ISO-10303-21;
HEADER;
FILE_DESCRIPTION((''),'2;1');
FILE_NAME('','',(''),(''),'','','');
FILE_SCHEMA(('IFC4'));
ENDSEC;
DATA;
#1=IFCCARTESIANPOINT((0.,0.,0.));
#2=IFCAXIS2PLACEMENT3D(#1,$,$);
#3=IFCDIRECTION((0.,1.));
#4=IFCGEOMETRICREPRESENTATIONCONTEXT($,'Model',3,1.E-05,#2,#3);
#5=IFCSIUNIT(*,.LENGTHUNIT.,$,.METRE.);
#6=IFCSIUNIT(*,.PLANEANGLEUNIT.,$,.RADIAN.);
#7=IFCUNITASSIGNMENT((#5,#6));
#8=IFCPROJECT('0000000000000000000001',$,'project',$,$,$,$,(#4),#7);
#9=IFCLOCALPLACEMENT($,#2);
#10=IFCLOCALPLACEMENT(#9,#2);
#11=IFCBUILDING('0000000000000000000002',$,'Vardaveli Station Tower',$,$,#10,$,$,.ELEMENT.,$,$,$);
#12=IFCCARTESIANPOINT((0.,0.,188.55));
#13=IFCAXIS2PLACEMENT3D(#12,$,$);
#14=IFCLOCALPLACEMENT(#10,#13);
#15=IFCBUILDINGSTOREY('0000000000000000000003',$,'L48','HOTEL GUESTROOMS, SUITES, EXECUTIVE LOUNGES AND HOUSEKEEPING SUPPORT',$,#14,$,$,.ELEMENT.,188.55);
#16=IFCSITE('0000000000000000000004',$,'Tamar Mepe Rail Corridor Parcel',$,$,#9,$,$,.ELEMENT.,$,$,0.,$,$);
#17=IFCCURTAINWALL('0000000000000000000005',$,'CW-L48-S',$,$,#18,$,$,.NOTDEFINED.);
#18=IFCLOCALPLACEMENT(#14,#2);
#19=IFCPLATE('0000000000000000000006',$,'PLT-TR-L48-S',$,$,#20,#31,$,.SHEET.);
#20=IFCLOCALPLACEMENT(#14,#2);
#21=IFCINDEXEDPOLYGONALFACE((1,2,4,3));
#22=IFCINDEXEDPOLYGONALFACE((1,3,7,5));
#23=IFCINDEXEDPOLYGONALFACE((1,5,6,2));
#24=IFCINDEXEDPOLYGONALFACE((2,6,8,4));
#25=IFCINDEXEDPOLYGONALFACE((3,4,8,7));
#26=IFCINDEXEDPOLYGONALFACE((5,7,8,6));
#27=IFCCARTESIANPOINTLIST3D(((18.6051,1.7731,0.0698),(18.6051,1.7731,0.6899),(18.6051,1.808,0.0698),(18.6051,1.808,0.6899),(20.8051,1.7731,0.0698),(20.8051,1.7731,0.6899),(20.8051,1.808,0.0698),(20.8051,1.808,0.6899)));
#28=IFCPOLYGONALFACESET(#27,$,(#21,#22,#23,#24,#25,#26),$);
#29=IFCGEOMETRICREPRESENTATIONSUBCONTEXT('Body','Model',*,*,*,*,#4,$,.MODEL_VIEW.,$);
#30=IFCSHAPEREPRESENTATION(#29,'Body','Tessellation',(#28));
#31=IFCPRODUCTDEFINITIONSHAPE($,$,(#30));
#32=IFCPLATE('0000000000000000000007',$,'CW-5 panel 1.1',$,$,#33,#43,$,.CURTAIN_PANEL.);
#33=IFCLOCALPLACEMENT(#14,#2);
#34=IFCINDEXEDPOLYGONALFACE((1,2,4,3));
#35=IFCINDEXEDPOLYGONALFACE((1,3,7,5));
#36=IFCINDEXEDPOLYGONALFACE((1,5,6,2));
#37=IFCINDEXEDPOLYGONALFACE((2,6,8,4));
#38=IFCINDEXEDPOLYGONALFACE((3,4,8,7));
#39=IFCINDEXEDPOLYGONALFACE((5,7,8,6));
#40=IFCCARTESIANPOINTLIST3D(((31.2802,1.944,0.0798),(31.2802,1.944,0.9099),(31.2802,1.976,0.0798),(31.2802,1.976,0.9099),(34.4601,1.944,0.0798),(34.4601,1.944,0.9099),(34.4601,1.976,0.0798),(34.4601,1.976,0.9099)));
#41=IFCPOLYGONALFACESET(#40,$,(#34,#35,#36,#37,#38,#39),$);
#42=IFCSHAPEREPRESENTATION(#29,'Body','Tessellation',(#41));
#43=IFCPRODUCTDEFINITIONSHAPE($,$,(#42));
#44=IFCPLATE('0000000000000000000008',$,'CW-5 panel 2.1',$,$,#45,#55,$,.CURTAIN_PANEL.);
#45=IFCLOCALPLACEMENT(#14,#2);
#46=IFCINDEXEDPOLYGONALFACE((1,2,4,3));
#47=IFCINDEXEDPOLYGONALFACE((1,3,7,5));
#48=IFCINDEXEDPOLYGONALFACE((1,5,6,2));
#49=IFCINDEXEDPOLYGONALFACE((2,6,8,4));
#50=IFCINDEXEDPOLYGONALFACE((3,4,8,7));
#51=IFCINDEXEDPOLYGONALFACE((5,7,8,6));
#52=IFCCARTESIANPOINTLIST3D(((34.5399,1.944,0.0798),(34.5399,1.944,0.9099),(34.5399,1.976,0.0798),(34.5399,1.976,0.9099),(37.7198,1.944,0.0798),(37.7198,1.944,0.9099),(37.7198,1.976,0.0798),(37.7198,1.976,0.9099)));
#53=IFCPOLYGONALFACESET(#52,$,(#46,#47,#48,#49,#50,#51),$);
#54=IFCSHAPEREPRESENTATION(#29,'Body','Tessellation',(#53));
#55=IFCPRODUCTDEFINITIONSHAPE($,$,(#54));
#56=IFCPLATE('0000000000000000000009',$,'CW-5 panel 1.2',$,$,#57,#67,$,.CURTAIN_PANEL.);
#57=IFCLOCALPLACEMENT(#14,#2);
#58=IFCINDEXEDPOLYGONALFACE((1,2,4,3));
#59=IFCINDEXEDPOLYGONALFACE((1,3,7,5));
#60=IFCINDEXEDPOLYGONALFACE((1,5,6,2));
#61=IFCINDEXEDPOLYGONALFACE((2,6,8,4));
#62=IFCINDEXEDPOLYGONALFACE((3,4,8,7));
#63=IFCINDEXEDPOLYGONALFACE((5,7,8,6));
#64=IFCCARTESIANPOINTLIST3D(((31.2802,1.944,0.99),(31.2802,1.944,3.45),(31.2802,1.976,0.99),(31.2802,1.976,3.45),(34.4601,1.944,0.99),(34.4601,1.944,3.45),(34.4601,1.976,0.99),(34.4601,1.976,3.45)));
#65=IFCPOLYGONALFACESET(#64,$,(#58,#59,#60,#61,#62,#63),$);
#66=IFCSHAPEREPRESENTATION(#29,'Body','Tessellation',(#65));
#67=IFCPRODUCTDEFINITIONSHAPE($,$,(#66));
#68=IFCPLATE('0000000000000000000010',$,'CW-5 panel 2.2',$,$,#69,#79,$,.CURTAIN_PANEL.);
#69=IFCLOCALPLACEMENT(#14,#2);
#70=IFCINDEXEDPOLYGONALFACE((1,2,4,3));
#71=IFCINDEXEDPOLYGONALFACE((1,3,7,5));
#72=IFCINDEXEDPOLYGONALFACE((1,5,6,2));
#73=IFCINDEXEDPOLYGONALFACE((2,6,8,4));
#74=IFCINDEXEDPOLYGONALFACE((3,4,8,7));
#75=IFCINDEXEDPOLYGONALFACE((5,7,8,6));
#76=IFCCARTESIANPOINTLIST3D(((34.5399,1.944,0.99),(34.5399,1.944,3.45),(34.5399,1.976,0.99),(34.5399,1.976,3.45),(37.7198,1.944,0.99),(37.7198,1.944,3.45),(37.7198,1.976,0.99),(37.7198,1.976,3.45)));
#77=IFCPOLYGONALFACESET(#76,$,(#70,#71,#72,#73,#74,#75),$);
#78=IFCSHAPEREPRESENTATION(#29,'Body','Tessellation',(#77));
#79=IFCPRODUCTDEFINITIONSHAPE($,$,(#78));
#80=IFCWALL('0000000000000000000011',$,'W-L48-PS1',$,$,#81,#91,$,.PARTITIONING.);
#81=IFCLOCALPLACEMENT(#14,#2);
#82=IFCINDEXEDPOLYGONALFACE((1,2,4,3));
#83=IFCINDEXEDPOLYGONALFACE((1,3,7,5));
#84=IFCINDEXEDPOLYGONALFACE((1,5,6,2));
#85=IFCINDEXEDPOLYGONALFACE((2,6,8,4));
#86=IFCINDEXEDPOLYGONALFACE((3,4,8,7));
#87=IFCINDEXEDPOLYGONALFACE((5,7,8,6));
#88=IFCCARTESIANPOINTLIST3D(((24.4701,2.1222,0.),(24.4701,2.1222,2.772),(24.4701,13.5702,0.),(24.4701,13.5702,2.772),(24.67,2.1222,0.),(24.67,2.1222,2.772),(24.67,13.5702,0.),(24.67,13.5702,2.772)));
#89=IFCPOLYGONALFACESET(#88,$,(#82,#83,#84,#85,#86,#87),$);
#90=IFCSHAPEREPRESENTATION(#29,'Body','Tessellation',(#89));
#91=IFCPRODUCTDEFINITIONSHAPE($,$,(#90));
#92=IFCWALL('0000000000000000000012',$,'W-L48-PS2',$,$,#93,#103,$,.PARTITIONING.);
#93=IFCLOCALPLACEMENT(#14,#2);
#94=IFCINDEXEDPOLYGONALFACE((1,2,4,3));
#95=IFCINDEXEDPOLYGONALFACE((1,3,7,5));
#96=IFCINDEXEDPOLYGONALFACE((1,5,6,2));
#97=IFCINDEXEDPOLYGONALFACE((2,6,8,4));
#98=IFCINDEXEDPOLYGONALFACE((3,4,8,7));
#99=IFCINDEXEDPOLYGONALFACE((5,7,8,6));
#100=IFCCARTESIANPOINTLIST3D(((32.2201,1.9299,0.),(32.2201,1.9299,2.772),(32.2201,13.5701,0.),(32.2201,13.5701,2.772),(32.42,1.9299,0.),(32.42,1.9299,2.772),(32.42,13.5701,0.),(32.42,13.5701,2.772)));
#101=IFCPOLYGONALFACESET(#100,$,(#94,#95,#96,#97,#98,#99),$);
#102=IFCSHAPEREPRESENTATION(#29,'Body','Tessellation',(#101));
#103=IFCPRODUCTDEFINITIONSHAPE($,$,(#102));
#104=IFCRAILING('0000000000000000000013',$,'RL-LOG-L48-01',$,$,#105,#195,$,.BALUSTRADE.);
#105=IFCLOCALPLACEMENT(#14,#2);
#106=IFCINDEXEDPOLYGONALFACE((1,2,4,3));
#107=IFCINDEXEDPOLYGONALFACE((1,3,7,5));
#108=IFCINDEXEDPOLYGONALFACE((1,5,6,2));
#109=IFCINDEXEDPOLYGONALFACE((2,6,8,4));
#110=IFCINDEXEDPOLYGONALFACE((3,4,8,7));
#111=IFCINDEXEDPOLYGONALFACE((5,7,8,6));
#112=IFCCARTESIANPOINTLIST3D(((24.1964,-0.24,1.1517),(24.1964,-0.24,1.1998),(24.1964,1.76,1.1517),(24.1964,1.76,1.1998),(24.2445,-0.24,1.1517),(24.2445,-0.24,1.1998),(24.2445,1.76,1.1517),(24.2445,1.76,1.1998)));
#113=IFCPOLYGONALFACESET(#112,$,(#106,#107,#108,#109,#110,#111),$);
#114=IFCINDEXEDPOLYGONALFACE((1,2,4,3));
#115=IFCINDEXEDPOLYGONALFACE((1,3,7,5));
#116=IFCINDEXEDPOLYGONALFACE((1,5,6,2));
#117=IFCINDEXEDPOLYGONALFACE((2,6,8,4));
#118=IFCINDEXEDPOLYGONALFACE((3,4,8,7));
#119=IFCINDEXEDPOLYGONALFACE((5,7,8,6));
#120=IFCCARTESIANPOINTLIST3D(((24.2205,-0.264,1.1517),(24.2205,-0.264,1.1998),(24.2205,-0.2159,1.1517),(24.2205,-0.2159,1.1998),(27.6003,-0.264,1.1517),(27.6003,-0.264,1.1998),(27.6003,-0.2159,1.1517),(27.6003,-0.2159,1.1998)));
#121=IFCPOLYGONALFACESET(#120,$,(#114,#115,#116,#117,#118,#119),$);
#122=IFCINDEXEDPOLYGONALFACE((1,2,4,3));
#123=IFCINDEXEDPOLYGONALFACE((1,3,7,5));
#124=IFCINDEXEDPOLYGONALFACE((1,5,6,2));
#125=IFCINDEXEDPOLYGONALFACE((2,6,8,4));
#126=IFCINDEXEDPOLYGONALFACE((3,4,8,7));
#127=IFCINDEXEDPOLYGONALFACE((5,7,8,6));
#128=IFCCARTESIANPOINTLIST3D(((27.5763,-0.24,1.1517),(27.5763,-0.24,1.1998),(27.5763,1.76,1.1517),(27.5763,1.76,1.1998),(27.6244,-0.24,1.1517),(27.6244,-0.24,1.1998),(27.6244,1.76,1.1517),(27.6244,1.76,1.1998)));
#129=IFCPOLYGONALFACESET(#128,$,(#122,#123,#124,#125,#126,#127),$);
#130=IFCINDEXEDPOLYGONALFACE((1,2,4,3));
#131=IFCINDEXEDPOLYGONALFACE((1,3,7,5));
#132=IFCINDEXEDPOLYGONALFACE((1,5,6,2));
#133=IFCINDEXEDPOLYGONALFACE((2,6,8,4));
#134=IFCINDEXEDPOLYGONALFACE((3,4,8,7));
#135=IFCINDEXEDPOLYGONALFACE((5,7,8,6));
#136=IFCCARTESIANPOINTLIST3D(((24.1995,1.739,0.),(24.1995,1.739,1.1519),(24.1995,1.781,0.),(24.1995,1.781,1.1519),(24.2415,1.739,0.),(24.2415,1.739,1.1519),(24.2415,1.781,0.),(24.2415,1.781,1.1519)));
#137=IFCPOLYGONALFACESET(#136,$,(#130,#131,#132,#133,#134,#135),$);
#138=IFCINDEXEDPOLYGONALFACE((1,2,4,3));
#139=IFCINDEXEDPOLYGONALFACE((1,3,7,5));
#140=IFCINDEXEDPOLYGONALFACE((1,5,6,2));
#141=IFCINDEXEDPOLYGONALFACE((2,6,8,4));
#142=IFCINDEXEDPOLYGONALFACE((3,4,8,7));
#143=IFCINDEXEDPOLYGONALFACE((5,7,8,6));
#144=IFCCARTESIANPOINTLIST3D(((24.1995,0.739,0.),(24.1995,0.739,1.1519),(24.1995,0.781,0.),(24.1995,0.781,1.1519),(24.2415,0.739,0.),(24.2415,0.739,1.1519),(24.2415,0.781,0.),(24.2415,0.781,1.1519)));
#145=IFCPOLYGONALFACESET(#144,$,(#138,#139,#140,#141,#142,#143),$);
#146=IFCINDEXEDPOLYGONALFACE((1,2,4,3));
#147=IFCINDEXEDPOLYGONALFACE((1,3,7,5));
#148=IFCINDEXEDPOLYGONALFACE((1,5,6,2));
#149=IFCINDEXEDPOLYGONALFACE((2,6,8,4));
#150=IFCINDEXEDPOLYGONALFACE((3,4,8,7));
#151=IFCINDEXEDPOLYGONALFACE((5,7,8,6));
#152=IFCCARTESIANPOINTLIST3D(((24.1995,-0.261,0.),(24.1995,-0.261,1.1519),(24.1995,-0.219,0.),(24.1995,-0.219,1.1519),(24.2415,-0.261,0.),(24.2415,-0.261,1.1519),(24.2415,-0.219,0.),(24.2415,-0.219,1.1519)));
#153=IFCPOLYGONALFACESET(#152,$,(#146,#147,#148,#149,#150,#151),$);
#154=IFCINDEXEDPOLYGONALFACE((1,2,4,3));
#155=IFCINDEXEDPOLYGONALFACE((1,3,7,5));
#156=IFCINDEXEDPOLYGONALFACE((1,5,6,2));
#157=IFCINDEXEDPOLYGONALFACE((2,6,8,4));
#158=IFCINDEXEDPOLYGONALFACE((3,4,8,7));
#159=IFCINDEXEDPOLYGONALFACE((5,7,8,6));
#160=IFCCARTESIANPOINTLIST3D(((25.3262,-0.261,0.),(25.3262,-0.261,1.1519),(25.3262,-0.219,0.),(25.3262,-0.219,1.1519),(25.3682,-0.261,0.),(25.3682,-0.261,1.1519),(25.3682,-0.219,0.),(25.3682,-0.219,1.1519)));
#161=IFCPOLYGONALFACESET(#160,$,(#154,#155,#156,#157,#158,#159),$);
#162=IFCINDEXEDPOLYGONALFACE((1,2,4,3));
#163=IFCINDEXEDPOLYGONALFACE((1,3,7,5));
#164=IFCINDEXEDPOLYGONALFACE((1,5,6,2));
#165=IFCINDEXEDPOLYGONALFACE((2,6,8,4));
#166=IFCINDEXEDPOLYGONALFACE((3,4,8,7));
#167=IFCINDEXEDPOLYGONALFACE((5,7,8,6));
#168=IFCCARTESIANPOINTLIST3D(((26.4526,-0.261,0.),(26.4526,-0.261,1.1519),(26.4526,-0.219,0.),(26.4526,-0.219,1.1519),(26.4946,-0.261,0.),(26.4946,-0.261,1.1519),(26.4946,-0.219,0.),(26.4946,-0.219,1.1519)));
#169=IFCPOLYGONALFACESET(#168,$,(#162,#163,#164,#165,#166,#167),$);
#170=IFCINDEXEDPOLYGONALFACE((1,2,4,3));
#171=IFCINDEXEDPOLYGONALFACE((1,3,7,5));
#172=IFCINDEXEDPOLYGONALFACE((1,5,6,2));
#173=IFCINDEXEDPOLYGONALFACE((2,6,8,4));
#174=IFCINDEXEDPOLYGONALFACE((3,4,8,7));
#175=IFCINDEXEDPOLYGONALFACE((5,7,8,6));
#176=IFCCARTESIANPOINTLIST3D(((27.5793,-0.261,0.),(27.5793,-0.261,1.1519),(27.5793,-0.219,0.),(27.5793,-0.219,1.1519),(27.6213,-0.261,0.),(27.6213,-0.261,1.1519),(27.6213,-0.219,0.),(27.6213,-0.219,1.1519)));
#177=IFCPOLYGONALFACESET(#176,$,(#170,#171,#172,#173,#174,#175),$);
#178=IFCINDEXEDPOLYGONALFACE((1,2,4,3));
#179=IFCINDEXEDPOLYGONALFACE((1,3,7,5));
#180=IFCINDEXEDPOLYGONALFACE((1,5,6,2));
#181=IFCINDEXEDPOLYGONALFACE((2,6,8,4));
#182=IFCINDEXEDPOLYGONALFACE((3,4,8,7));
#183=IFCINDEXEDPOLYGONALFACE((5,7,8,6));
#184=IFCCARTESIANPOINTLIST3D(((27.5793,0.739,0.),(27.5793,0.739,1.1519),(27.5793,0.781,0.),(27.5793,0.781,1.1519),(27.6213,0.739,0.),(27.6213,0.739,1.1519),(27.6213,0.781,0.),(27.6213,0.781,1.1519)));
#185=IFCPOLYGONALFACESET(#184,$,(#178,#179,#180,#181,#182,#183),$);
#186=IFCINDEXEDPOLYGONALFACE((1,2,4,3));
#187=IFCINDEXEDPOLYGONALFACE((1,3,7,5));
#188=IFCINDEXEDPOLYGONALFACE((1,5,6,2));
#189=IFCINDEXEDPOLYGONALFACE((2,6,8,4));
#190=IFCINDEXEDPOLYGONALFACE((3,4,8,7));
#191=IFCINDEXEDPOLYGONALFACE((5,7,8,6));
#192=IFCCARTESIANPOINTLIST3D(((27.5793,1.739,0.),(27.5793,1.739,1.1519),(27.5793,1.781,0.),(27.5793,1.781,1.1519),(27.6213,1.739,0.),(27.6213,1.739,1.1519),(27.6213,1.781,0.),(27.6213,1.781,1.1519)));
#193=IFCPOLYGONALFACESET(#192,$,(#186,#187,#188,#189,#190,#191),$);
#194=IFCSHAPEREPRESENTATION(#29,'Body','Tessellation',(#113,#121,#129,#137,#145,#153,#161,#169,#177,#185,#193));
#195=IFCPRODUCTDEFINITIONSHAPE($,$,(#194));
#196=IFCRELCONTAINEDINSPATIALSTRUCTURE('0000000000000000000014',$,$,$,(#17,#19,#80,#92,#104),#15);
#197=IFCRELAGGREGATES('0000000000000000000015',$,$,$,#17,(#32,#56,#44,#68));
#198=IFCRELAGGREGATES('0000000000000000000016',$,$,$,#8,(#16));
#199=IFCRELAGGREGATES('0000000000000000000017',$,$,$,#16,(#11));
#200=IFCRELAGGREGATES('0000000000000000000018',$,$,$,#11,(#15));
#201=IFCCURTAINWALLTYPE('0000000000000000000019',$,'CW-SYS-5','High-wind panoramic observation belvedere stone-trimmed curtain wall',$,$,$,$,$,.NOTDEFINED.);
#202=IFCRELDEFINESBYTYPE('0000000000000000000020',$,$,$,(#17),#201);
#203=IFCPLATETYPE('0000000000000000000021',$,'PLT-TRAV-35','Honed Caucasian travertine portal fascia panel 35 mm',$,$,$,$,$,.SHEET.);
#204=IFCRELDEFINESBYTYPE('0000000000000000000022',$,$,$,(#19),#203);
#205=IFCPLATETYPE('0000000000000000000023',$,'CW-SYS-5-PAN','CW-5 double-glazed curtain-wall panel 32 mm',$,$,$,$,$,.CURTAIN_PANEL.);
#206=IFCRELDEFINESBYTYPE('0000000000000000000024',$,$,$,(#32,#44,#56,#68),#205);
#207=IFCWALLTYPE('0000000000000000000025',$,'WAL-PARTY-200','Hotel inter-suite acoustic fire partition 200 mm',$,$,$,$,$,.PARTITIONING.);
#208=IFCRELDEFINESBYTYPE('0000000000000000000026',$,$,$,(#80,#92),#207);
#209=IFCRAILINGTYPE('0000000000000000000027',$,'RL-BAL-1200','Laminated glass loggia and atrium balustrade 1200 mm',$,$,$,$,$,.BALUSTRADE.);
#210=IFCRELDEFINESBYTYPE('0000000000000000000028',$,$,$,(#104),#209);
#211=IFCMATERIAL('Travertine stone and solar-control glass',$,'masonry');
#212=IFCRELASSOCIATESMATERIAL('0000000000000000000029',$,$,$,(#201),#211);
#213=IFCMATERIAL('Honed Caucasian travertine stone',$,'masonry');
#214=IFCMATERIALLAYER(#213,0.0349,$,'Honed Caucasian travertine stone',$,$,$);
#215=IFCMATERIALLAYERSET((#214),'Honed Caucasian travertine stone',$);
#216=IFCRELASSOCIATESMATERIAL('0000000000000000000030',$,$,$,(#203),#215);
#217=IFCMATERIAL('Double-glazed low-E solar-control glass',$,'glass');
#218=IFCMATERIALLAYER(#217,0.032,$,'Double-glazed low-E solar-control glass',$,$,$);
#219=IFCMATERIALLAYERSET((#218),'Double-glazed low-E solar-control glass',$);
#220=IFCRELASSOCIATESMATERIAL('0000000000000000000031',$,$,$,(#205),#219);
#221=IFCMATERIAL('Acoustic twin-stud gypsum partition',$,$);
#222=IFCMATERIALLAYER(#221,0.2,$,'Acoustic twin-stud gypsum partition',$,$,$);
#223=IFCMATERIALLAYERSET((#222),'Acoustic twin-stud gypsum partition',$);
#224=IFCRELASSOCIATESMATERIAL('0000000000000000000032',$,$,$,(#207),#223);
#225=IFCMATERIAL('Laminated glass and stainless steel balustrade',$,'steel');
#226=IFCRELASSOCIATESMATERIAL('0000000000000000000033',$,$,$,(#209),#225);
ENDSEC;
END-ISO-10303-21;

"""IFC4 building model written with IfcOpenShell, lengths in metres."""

from ifc_helpers import new_model, si_unit, direction, frame, frame_2d, origin, origin_2d, place, context, subcontext, project, spatial, rectangle, extrude, source, transform, mapped, material, layer, layer_set, type_object, element, aggregate, save


model = new_model("IFC4")

# Units and contexts
model_context = context("Model", 3, precision=1e-05, world=origin(), true_north=direction((0.0, 1.0)))
body_context = subcontext(model_context, "Body", "Model", "MODEL_VIEW")
ifc_project = project(units=[si_unit("LENGTHUNIT", "METRE"), si_unit("PLANEANGLEUNIT", "RADIAN")], contexts=[model_context])

# Site, building, storey
site_placement = place(None, origin())
site = spatial("IfcSite", under=ifc_project, at=site_placement, Name="Tamar Mepe Rail Corridor Parcel", CompositionType="ELEMENT", RefElevation=0.0)
building_placement = place(site_placement, origin())
building = spatial("IfcBuilding", under=site, at=building_placement, Name="Vardaveli Station Tower", CompositionType="ELEMENT")
storey_placement = place(building_placement, frame((0.0, 0.0, 188.55)))
storey = spatial("IfcBuildingStorey", under=building, at=storey_placement, Name="L48", Description="HOTEL GUESTROOMS, SUITES, EXECUTIVE LOUNGES AND HOUSEKEEPING SUPPORT", CompositionType="ELEMENT", Elevation=188.55)

# Curtain wall
ifc_material_1 = material(Name="Travertine stone and solar-control glass", Category="masonry")
curtain_wall_type = type_object("IfcCurtainWallType", Name="CW-SYS-5", Description="High-wind panoramic observation belvedere stone-trimmed curtain wall", PredefinedType="NOTDEFINED", material=ifc_material_1)
curtain_wall_placement = place(storey_placement, origin())
curtain_wall = element("IfcCurtainWall", 1, at=curtain_wall_placement, inside=storey, type_object=curtain_wall_type, Name="CW-L48-S", PredefinedType="NOTDEFINED")

# Plates
ifc_material_2 = material(Name="Honed Caucasian travertine stone", Category="masonry")
ifc_layer_1 = layer(ifc_material_2, 0.0349, Name="Honed Caucasian travertine stone")
ifc_layer_set_1 = layer_set([ifc_layer_1], Name="Honed Caucasian travertine stone")
plate_type_1 = type_object("IfcPlateType", Name="PLT-TRAV-35", Description="Honed Caucasian travertine portal fascia panel 35 mm", PredefinedType="SHEET", material=ifc_layer_set_1)
shared_shape_1 = source(origin(), body_context, "Body", "SweptSolid", [
    extrude(rectangle(XDim=2.2, YDim=0.0349, at=origin_2d()), origin(), (0.0, 0.0, 1.0), 0.6201),
])
plate_1_placement = place(storey_placement, frame((19.7051, 1.7905, 0.0698), z_axis=(0.0, 0.0, 1.0), x_axis=(1.0, 0.0, 0.0)))
element("IfcPlate", 2, at=plate_1_placement, inside=storey, type_object=plate_type_1, Name="PLT-TR-L48-S", PredefinedType="SHEET", context=body_context, shape_type="MappedRepresentation", body=[
    mapped(shared_shape_1, transform((0.0, 0.0, 0.0), scale=1.0)),
])
ifc_material_3 = material(Name="Double-glazed low-E solar-control glass", Category="glass")
ifc_layer_2 = layer(ifc_material_3, 0.032, Name="Double-glazed low-E solar-control glass")
ifc_layer_set_2 = layer_set([ifc_layer_2], Name="Double-glazed low-E solar-control glass")
plate_type_2 = type_object("IfcPlateType", Name="CW-SYS-5-PAN", Description="CW-5 double-glazed curtain-wall panel 32 mm", PredefinedType="CURTAIN_PANEL", material=ifc_layer_set_2)
shared_shape_2 = source(origin(), body_context, "Body", "SweptSolid", [
    extrude(rectangle(XDim=3.1799, YDim=0.032, at=origin_2d()), origin(), (0.0, 0.0, 1.0), 0.8301),
])
plate_2_placement = place(storey_placement, frame((32.8701, 1.96, 0.0798), z_axis=(0.0, 0.0, 1.0), x_axis=(1.0, 0.0, 0.0)))
plate_2 = element("IfcPlate", 3, at=plate_2_placement, type_object=plate_type_2, Name="CW-5 panel 1.1", PredefinedType="CURTAIN_PANEL", context=body_context, shape_type="MappedRepresentation", body=[
    mapped(shared_shape_2, transform((0.0, 0.0, 0.0), scale=1.0)),
])
plate_3_placement = place(storey_placement, frame((36.1299, 1.96, 0.0798), z_axis=(0.0, 0.0, 1.0), x_axis=(1.0, 0.0, 0.0)))
plate_3 = element("IfcPlate", 4, at=plate_3_placement, type_object=plate_type_2, Name="CW-5 panel 2.1", PredefinedType="CURTAIN_PANEL", context=body_context, shape_type="MappedRepresentation", body=[
    mapped(shared_shape_2, transform((0.0, 0.0, 0.0), scale=1.0)),
])
shared_shape_3 = source(origin(), body_context, "Body", "SweptSolid", [
    extrude(rectangle(XDim=3.1799, YDim=0.032, at=origin_2d()), origin(), (0.0, 0.0, 1.0), 2.46),
])
plate_4_placement = place(storey_placement, frame((32.8701, 1.96, 0.99), z_axis=(0.0, 0.0, 1.0), x_axis=(1.0, 0.0, 0.0)))
plate_4 = element("IfcPlate", 5, at=plate_4_placement, type_object=plate_type_2, Name="CW-5 panel 1.2", PredefinedType="CURTAIN_PANEL", context=body_context, shape_type="MappedRepresentation", body=[
    mapped(shared_shape_3, transform((0.0, 0.0, 0.0), scale=1.0)),
])
plate_5_placement = place(storey_placement, frame((36.1299, 1.96, 0.99), z_axis=(0.0, 0.0, 1.0), x_axis=(1.0, 0.0, 0.0)))
plate_5 = element("IfcPlate", 6, at=plate_5_placement, type_object=plate_type_2, Name="CW-5 panel 2.2", PredefinedType="CURTAIN_PANEL", context=body_context, shape_type="MappedRepresentation", body=[
    mapped(shared_shape_3, transform((0.0, 0.0, 0.0), scale=1.0)),
])
aggregate(curtain_wall, [plate_2, plate_4, plate_3, plate_5])

# Walls
ifc_material_4 = material(Name="Acoustic twin-stud gypsum partition")
ifc_layer_3 = layer(ifc_material_4, 0.2, Name="Acoustic twin-stud gypsum partition")
ifc_layer_set_3 = layer_set([ifc_layer_3], Name="Acoustic twin-stud gypsum partition")
wall_type = type_object("IfcWallType", Name="WAL-PARTY-200", Description="Hotel inter-suite acoustic fire partition 200 mm", PredefinedType="PARTITIONING", material=ifc_layer_set_3)
shared_shape_4 = source(origin(), body_context, "Body", "SweptSolid", [
    extrude(rectangle(XDim=11.448, YDim=0.2, at=frame_2d((5.7241, 0.0))), origin(), (0.0, 0.0, 1.0), 2.772),
])
wall_1_placement = place(storey_placement, frame((24.5701, 2.1221, 0.0), z_axis=(0.0, 0.0, 1.0), x_axis=(0.0, 1.0, 0.0)))
element("IfcWall", 7, at=wall_1_placement, inside=storey, type_object=wall_type, Name="W-L48-PS1", PredefinedType="PARTITIONING", context=body_context, shape_type="MappedRepresentation", body=[
    mapped(shared_shape_4, transform((0.0, 0.0, 0.0), scale=1.0)),
])
shared_shape_5 = source(origin(), body_context, "Body", "SweptSolid", [
    extrude(rectangle(XDim=11.6401, YDim=0.2, at=frame_2d((5.8201, 0.0))), origin(), (0.0, 0.0, 1.0), 2.772),
])
wall_2_placement = place(storey_placement, frame((32.3201, 1.9299, 0.0), z_axis=(0.0, 0.0, 1.0), x_axis=(0.0, 1.0, 0.0)))
element("IfcWall", 8, at=wall_2_placement, inside=storey, type_object=wall_type, Name="W-L48-PS2", PredefinedType="PARTITIONING", context=body_context, shape_type="MappedRepresentation", body=[
    mapped(shared_shape_5, transform((0.0, 0.0, 0.0), scale=1.0)),
])

# Railing
ifc_material_5 = material(Name="Laminated glass and stainless steel balustrade", Category="steel")
railing_type = type_object("IfcRailingType", Name="RL-BAL-1200", Description="Laminated glass loggia and atrium balustrade 1200 mm", PredefinedType="BALUSTRADE", material=ifc_material_5)
shared_shape_6 = source(origin(), body_context, "Body", "SweptSolid", [
    extrude(rectangle(XDim=0.0481, YDim=0.0481, at=origin_2d()), frame((0.0, 0.0, 1.1758), z_axis=(0.0, -1.0, 0.0), x_axis=(1.0, 0.0, 0.0)), (0.0, 0.0, 1.0), 2.0),
    extrude(rectangle(XDim=0.0481, YDim=0.0481, at=origin_2d()), frame((0.0, -2.0, 1.1758), z_axis=(1.0, 0.0, 0.0), x_axis=(0.0, 1.0, 0.0)), (0.0, 0.0, 1.0), 3.3799),
    extrude(rectangle(XDim=0.0481, YDim=0.0481, at=origin_2d()), frame((3.3799, -2.0, 1.1758), z_axis=(0.0, 1.0, 0.0), x_axis=(-1.0, 0.0, 0.0)), (0.0, 0.0, 1.0), 2.0),
    extrude(rectangle(XDim=0.042, YDim=0.042, at=origin_2d()), origin(), (0.0, 0.0, 1.0), 1.1519),
    extrude(rectangle(XDim=0.042, YDim=0.042, at=origin_2d()), frame((0.0, -1.0, 0.0)), (0.0, 0.0, 1.0), 1.1519),
    extrude(rectangle(XDim=0.042, YDim=0.042, at=origin_2d()), frame((0.0, -2.0, 0.0)), (0.0, 0.0, 1.0), 1.1519),
    extrude(rectangle(XDim=0.042, YDim=0.042, at=origin_2d()), frame((1.1267, -2.0, 0.0)), (0.0, 0.0, 1.0), 1.1519),
    extrude(rectangle(XDim=0.042, YDim=0.042, at=origin_2d()), frame((2.2532, -2.0, 0.0)), (0.0, 0.0, 1.0), 1.1519),
    extrude(rectangle(XDim=0.042, YDim=0.042, at=origin_2d()), frame((3.3799, -2.0, 0.0)), (0.0, 0.0, 1.0), 1.1519),
    extrude(rectangle(XDim=0.042, YDim=0.042, at=origin_2d()), frame((3.3799, -1.0, 0.0)), (0.0, 0.0, 1.0), 1.1519),
    extrude(rectangle(XDim=0.042, YDim=0.042, at=origin_2d()), frame((3.3799, 0.0, 0.0)), (0.0, 0.0, 1.0), 1.1519),
])
railing_placement = place(storey_placement, frame((24.2205, 1.76, 0.0)))
element("IfcRailing", 9, at=railing_placement, inside=storey, type_object=railing_type, Name="RL-LOG-L48-01", PredefinedType="BALUSTRADE", context=body_context, shape_type="MappedRepresentation", body=[
    mapped(shared_shape_6, transform((0.0, 0.0, 0.0), scale=1.0)),
])

save(model, "model.ifc")
